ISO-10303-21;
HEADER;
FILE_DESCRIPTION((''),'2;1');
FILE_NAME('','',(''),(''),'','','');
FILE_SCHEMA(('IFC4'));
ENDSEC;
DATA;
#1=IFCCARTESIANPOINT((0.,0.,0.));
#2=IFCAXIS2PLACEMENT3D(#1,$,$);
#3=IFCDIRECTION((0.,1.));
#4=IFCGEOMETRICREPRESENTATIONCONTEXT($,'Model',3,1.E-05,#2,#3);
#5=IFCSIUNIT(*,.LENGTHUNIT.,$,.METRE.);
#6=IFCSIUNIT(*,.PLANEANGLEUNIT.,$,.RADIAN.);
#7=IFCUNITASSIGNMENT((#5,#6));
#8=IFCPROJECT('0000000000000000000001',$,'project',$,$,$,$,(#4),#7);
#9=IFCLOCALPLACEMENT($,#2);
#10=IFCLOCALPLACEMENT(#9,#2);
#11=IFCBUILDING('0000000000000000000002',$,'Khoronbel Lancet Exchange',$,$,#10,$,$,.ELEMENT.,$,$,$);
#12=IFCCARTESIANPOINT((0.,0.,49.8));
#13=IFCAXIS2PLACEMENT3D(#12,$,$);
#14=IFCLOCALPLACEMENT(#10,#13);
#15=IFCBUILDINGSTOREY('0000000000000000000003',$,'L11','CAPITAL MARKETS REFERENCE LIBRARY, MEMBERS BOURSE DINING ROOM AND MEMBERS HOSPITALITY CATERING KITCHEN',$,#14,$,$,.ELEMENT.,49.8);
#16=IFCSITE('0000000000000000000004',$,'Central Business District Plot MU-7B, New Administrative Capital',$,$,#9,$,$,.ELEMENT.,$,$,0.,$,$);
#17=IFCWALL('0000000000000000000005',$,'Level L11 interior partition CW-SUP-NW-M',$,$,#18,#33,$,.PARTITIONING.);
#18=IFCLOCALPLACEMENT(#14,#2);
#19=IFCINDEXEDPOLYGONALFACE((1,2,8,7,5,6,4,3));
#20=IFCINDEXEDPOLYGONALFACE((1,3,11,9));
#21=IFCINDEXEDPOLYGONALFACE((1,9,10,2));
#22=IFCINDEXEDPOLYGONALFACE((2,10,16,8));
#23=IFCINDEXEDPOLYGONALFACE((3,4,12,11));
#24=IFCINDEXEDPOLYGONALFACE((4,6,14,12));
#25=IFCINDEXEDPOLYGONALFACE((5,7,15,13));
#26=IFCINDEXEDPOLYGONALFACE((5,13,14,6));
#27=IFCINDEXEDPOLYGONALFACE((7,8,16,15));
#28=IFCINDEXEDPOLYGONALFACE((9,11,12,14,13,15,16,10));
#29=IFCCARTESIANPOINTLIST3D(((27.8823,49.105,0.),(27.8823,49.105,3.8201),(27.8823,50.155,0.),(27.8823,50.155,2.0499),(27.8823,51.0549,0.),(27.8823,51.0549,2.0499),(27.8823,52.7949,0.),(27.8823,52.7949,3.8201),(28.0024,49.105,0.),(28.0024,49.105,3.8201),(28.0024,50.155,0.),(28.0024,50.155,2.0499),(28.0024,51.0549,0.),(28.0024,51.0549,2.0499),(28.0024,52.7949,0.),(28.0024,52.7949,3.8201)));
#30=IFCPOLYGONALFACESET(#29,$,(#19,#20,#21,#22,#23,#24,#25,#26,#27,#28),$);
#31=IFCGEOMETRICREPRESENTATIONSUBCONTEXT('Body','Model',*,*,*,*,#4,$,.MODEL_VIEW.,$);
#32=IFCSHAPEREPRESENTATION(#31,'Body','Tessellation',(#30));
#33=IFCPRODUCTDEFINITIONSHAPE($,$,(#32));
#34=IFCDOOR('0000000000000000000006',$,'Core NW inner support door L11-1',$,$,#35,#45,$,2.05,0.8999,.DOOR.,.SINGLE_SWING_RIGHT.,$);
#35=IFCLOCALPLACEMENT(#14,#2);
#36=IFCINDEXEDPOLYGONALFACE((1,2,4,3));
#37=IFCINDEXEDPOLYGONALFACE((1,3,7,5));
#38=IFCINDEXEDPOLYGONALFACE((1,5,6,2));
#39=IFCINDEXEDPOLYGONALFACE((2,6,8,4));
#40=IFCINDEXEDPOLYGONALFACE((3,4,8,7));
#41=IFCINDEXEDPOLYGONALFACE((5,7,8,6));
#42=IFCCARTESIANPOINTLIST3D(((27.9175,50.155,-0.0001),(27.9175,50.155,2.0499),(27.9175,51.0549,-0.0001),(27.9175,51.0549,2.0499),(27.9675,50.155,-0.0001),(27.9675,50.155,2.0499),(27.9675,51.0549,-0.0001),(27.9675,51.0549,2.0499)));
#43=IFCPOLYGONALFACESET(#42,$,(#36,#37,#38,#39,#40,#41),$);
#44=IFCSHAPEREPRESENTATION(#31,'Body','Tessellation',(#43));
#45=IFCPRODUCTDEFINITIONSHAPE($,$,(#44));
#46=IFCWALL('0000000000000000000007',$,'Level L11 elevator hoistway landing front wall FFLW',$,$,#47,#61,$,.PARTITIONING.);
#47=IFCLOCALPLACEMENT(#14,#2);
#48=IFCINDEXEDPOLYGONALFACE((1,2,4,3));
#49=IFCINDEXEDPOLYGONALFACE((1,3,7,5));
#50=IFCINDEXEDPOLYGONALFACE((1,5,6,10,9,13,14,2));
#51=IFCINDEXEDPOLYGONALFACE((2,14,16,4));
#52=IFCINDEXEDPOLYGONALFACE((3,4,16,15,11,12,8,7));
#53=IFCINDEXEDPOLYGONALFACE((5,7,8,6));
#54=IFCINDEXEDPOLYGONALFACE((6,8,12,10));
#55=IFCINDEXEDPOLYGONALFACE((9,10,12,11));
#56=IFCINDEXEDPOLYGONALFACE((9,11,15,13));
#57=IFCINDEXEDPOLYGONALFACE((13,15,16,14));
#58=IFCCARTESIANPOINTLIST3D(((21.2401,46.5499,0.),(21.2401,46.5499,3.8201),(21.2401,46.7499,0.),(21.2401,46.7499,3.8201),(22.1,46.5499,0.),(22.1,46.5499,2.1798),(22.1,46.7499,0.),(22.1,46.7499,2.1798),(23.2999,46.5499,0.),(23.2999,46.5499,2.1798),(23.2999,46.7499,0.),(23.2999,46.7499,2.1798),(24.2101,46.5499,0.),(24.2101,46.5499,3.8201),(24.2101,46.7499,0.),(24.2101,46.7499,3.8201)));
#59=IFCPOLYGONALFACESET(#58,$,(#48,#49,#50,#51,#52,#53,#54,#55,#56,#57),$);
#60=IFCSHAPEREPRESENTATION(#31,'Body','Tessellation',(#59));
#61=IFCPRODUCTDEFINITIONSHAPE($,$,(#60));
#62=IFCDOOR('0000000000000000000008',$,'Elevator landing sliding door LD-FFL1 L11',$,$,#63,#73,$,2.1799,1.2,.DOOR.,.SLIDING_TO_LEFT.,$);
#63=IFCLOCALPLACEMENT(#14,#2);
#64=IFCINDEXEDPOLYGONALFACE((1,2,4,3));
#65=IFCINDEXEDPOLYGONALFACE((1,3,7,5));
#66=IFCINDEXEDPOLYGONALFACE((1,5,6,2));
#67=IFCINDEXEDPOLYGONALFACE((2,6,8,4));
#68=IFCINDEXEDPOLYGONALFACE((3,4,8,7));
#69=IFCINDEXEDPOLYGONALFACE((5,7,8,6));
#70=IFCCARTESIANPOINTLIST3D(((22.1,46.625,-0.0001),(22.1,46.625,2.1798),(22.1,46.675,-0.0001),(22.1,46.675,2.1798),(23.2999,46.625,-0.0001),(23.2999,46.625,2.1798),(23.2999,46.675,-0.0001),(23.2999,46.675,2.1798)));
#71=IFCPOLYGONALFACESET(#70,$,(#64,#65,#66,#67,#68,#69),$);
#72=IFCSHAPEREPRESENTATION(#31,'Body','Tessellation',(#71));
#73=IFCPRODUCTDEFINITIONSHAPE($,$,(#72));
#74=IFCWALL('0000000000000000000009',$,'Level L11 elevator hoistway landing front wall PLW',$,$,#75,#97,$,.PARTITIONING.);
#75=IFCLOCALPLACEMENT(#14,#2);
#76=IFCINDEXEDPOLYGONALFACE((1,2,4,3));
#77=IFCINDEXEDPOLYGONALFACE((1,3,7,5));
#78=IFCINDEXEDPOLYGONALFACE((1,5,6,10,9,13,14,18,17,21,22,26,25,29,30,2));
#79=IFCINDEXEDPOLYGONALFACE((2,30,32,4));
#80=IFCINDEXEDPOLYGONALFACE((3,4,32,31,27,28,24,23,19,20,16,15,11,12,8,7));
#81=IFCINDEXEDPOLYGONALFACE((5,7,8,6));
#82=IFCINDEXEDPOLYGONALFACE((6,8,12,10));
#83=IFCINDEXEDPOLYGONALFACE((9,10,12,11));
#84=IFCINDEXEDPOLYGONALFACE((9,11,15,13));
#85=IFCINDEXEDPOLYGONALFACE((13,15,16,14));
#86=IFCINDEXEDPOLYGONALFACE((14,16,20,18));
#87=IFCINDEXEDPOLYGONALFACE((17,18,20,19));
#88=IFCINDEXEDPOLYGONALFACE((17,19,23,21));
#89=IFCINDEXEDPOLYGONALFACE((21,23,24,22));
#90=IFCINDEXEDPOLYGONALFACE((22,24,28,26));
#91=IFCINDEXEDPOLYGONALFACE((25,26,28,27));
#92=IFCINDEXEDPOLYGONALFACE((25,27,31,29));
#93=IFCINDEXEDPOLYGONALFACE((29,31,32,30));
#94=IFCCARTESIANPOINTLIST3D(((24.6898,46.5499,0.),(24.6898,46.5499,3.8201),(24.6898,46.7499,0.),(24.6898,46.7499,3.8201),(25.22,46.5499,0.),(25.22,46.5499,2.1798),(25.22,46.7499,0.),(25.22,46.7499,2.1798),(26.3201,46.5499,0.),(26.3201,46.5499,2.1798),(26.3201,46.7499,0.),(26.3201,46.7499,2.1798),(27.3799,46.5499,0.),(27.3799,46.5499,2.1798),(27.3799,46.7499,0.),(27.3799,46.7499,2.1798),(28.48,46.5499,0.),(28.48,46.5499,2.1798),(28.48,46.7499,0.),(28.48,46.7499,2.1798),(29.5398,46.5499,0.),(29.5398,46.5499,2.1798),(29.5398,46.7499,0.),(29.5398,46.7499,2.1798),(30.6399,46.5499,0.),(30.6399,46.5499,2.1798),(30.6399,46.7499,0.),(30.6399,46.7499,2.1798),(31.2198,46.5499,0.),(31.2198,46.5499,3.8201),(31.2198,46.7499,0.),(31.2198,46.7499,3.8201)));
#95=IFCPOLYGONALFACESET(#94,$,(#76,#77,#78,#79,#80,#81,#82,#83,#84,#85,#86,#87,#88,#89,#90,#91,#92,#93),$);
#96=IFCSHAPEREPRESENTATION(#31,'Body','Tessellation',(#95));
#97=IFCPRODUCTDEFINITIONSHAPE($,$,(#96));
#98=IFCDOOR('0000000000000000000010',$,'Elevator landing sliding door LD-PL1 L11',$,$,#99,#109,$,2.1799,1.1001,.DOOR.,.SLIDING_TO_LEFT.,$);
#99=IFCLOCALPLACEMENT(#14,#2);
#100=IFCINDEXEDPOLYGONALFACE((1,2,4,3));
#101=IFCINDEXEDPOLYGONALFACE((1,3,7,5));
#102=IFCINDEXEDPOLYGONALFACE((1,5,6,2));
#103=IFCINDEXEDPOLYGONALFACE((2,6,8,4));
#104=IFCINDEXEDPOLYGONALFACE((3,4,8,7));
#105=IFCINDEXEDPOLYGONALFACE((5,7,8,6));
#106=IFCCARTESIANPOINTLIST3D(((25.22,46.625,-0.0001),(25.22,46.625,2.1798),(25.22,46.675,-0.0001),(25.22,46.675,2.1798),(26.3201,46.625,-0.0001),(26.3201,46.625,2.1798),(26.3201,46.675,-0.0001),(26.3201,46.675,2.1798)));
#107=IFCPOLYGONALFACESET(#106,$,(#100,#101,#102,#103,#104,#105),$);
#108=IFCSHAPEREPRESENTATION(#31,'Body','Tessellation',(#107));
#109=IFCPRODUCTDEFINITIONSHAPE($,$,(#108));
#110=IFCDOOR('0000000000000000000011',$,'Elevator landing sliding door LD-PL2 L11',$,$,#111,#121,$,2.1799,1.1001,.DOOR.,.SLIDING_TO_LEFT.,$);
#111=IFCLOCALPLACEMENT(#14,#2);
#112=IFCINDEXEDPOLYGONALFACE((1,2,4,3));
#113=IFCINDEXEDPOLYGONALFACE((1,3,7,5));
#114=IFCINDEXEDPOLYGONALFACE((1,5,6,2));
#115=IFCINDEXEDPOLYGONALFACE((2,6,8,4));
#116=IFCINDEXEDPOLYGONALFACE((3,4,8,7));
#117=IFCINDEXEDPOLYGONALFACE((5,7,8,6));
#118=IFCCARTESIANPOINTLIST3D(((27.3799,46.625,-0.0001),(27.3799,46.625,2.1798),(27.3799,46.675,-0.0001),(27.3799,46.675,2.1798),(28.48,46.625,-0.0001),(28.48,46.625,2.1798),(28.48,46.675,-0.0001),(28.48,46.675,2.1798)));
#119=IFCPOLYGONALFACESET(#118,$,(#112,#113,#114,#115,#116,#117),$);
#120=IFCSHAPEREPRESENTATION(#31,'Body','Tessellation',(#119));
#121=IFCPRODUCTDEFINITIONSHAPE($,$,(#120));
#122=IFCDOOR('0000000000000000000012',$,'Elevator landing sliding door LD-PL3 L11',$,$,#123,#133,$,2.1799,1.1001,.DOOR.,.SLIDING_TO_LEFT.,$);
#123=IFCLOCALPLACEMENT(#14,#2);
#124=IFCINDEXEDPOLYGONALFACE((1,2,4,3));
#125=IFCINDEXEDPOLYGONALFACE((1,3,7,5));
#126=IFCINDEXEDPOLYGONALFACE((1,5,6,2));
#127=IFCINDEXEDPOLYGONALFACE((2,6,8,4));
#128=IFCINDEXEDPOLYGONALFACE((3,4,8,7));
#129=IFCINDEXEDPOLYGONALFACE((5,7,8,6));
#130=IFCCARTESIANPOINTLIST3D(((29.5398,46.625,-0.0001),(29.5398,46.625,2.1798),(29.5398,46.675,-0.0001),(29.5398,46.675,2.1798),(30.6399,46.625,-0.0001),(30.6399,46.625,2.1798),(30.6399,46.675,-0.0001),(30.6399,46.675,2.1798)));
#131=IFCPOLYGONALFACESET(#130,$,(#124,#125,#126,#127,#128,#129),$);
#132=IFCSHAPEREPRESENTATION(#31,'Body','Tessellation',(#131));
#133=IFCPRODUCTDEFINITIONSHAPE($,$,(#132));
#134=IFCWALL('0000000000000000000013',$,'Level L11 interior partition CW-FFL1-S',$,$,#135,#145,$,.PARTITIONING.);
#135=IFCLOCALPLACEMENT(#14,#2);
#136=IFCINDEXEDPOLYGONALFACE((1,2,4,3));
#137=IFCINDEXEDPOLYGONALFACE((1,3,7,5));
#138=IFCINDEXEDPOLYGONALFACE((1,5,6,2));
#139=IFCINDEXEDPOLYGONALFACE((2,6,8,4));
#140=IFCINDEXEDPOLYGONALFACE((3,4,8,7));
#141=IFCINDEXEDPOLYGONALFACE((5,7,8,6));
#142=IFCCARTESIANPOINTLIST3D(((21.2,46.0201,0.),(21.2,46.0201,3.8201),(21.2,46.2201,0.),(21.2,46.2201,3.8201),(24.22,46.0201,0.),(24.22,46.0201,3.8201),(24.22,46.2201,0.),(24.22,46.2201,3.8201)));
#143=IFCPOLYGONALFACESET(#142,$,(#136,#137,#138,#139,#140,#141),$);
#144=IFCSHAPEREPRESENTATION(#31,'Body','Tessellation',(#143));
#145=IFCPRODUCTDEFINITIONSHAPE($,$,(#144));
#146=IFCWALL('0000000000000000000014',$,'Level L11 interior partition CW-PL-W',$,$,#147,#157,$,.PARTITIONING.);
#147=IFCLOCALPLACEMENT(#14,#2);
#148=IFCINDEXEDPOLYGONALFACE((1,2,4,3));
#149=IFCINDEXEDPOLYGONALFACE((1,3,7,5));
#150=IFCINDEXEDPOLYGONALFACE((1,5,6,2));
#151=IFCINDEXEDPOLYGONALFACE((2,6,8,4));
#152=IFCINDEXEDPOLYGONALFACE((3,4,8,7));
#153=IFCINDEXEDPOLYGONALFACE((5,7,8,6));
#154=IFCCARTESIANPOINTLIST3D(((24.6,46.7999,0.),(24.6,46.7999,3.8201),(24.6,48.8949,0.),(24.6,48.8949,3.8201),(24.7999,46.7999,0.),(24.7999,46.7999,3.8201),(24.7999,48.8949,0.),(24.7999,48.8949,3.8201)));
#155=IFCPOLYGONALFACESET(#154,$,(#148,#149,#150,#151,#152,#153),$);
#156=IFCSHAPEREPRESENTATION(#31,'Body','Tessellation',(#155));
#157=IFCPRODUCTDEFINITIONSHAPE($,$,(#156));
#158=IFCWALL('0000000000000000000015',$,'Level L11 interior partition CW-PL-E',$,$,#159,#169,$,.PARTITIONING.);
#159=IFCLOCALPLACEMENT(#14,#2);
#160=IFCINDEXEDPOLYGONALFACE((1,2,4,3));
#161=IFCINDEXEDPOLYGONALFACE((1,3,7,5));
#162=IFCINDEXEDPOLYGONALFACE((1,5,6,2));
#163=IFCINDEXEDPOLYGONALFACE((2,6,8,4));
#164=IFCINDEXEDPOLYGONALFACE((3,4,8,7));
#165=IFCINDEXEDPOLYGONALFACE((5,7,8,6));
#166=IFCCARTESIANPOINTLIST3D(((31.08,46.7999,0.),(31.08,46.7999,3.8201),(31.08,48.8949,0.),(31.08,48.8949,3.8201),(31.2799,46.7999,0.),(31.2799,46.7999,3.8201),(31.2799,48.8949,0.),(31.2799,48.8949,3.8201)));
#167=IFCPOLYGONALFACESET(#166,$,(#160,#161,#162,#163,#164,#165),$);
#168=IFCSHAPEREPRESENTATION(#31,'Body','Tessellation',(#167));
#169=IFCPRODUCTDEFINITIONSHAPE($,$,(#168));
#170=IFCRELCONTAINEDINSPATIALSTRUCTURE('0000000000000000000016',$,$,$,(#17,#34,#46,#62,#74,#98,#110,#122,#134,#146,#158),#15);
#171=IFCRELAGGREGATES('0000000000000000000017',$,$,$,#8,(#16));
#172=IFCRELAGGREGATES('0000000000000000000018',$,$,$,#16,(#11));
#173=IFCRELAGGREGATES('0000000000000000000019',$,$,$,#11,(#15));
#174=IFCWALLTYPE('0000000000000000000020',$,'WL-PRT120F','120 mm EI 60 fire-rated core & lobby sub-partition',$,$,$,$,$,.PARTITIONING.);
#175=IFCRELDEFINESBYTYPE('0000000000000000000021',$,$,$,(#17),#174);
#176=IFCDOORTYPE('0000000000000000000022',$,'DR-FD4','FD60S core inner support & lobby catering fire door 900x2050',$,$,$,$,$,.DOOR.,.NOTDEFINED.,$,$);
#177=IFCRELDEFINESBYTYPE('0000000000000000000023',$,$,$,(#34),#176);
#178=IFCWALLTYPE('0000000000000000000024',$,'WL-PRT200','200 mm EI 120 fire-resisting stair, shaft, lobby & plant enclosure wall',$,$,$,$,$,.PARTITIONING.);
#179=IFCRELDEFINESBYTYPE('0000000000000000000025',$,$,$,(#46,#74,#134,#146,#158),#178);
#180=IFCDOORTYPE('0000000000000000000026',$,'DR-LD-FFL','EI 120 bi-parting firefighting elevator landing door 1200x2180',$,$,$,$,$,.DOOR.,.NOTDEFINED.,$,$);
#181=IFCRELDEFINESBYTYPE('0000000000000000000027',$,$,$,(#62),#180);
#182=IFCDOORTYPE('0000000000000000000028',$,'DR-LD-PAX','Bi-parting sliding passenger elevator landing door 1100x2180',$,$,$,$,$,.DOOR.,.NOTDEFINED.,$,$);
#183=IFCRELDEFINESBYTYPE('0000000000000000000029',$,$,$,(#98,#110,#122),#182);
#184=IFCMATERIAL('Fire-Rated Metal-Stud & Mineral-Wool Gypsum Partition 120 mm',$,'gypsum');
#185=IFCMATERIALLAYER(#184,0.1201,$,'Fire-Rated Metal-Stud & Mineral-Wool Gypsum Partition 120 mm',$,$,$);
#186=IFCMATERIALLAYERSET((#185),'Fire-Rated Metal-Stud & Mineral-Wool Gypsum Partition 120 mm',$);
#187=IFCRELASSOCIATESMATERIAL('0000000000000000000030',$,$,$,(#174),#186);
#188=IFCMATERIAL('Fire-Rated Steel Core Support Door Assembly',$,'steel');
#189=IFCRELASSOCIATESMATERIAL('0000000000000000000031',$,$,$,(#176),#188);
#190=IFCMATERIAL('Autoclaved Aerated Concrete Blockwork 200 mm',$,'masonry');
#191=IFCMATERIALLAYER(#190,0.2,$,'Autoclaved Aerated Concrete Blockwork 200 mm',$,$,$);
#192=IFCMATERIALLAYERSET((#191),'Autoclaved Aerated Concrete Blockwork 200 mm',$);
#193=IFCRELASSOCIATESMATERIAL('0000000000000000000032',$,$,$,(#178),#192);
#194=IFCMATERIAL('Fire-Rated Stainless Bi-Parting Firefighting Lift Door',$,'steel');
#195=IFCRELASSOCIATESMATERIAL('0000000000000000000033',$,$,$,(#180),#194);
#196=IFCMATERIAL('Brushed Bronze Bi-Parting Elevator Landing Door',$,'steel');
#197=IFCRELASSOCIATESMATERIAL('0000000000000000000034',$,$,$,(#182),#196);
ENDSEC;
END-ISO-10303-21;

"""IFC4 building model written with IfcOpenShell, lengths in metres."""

from ifc_helpers import new_model, si_unit, direction, frame, frame_2d, origin, place, context, subcontext, project, spatial, rectangle, extrude, material, layer, layer_set, type_object, element, fill, save


model = new_model("IFC4")

# Units and contexts
model_context = context("Model", 3, precision=1e-05, world=origin(), true_north=direction((0.0, 1.0)))
body_context = subcontext(model_context, "Body", "Model", "MODEL_VIEW")
ifc_project = project(units=[si_unit("LENGTHUNIT", "METRE"), si_unit("PLANEANGLEUNIT", "RADIAN")], contexts=[model_context])

# Site, building, storey
site_placement = place(None, origin())
site = spatial("IfcSite", under=ifc_project, at=site_placement, Name="Central Business District Plot MU-7B, New Administrative Capital", CompositionType="ELEMENT", RefElevation=0.0)
building_placement = place(site_placement, origin())
building = spatial("IfcBuilding", under=site, at=building_placement, Name="Khoronbel Lancet Exchange", CompositionType="ELEMENT")
storey_placement = place(building_placement, frame((0.0, 0.0, 49.8)))
storey = spatial("IfcBuildingStorey", under=building, at=storey_placement, Name="L11", Description="CAPITAL MARKETS REFERENCE LIBRARY, MEMBERS BOURSE DINING ROOM AND MEMBERS HOSPITALITY CATERING KITCHEN", CompositionType="ELEMENT", Elevation=49.8)

# Shared definitions
ifc_material_1 = material(Name="Fire-Rated Metal-Stud & Mineral-Wool Gypsum Partition 120 mm", Category="gypsum")
ifc_layer_1 = layer(ifc_material_1, 0.1201, Name="Fire-Rated Metal-Stud & Mineral-Wool Gypsum Partition 120 mm")
ifc_layer_set_1 = layer_set([ifc_layer_1], Name="Fire-Rated Metal-Stud & Mineral-Wool Gypsum Partition 120 mm")
wall_type_1 = type_object("IfcWallType", Name="WL-PRT120F", Description="120 mm EI 60 fire-rated core & lobby sub-partition", PredefinedType="PARTITIONING", material=ifc_layer_set_1)

# Walls, openings, doors
wall_1_placement = place(storey_placement, frame((27.9424, 49.105, 0.0), z_axis=(0.0, 0.0, 1.0), x_axis=(0.0, 1.0, 0.0)))
wall_1 = element("IfcWall", 1, at=wall_1_placement, inside=storey, type_object=wall_type_1, Name="Level L11 interior partition CW-SUP-NW-M", PredefinedType="PARTITIONING", context=body_context, shape_type="SweptSolid", body=[
    extrude(rectangle(XDim=3.6899, YDim=0.1201, at=frame_2d((1.845, 0.0))), origin(), (0.0, 0.0, 1.0), 3.8201),
])
opening_1_placement = place(wall_1_placement, frame((1.05, 0.0, 0.0)))
opening_1 = element("IfcOpeningElement", 2, at=opening_1_placement, cuts=wall_1, PredefinedType="OPENING", context=body_context, shape_type="SweptSolid", body=[
    extrude(rectangle(XDim=0.8999, YDim=2.05, at=frame_2d((0.45, 1.0249))), frame((0.0, 0.0701, 0.0), z_axis=(0.0, -1.0, 0.0), x_axis=(1.0, 0.0, 0.0)), (0.0, 0.0, 1.0), 0.1401),
])
ifc_material_2 = material(Name="Fire-Rated Steel Core Support Door Assembly", Category="steel")
door_type_1 = type_object("IfcDoorType", Name="DR-FD4", Description="FD60S core inner support & lobby catering fire door 900x2050", OperationType="NOTDEFINED", PredefinedType="DOOR", material=ifc_material_2)
door_1_placement = place(opening_1_placement, origin())
door_1 = element("IfcDoor", 3, at=door_1_placement, inside=storey, type_object=door_type_1, Name="Core NW inner support door L11-1", OperationType="SINGLE_SWING_RIGHT", OverallHeight=2.05, OverallWidth=0.8999, PredefinedType="DOOR", context=body_context, shape_type="SweptSolid", body=[
    extrude(rectangle(XDim=0.8999, YDim=2.05, at=frame_2d((0.45, 1.0249))), frame((0.0, 0.0249, 0.0), z_axis=(0.0, -1.0, 0.0), x_axis=(1.0, 0.0, 0.0)), (0.0, 0.0, 1.0), 0.05),
])
fill(opening_1, door_1)
ifc_material_3 = material(Name="Autoclaved Aerated Concrete Blockwork 200 mm", Category="masonry")
ifc_layer_2 = layer(ifc_material_3, 0.2, Name="Autoclaved Aerated Concrete Blockwork 200 mm")
ifc_layer_set_2 = layer_set([ifc_layer_2], Name="Autoclaved Aerated Concrete Blockwork 200 mm")
wall_type_2 = type_object("IfcWallType", Name="WL-PRT200", Description="200 mm EI 120 fire-resisting stair, shaft, lobby & plant enclosure wall", PredefinedType="PARTITIONING", material=ifc_layer_set_2)
wall_2_placement = place(storey_placement, frame((24.21, 46.6499, 0.0), z_axis=(0.0, 0.0, 1.0), x_axis=(-1.0, 0.0, 0.0)))
wall_2 = element("IfcWall", 4, at=wall_2_placement, inside=storey, type_object=wall_type_2, Name="Level L11 elevator hoistway landing front wall FFLW", PredefinedType="PARTITIONING", context=body_context, shape_type="SweptSolid", body=[
    extrude(rectangle(XDim=2.97, YDim=0.2, at=frame_2d((1.4849, 0.0))), origin(), (0.0, 0.0, 1.0), 3.8201),
])
opening_2_placement = place(wall_2_placement, frame((0.9099, 0.0, 0.0)))
opening_2 = element("IfcOpeningElement", 5, at=opening_2_placement, cuts=wall_2, PredefinedType="OPENING", context=body_context, shape_type="SweptSolid", body=[
    extrude(rectangle(XDim=1.2, YDim=2.1799, at=frame_2d((0.6001, 1.0898))), frame((0.0, 0.1099, 0.0), z_axis=(0.0, -1.0, 0.0), x_axis=(1.0, 0.0, 0.0)), (0.0, 0.0, 1.0), 0.22),
])
ifc_material_4 = material(Name="Fire-Rated Stainless Bi-Parting Firefighting Lift Door", Category="steel")
door_type_2 = type_object("IfcDoorType", Name="DR-LD-FFL", Description="EI 120 bi-parting firefighting elevator landing door 1200x2180", OperationType="NOTDEFINED", PredefinedType="DOOR", material=ifc_material_4)
door_2_placement = place(opening_2_placement, origin())
door_2 = element("IfcDoor", 6, at=door_2_placement, inside=storey, type_object=door_type_2, Name="Elevator landing sliding door LD-FFL1 L11", OperationType="SLIDING_TO_LEFT", OverallHeight=2.1799, OverallWidth=1.2, PredefinedType="DOOR", context=body_context, shape_type="SweptSolid", body=[
    extrude(rectangle(XDim=1.2, YDim=2.1799, at=frame_2d((0.6001, 1.0898))), frame((0.0, 0.0249, 0.0), z_axis=(0.0, -1.0, 0.0), x_axis=(1.0, 0.0, 0.0)), (0.0, 0.0, 1.0), 0.05),
])
fill(opening_2, door_2)

# Wall, openings, doors
wall_3_placement = place(storey_placement, frame((31.22, 46.6499, 0.0), z_axis=(0.0, 0.0, 1.0), x_axis=(-1.0, 0.0, 0.0)))
wall_3 = element("IfcWall", 7, at=wall_3_placement, inside=storey, type_object=wall_type_2, Name="Level L11 elevator hoistway landing front wall PLW", PredefinedType="PARTITIONING", context=body_context, shape_type="SweptSolid", body=[
    extrude(rectangle(XDim=6.53, YDim=0.2, at=frame_2d((3.2651, 0.0))), origin(), (0.0, 0.0, 1.0), 3.8201),
])
opening_3_placement = place(wall_3_placement, frame((4.8999, 0.0, 0.0)))
opening_3 = element("IfcOpeningElement", 8, at=opening_3_placement, cuts=wall_3, PredefinedType="OPENING", context=body_context, shape_type="SweptSolid", body=[
    extrude(rectangle(XDim=1.1001, YDim=2.1799, at=frame_2d((0.55, 1.0898))), frame((0.0, 0.1099, 0.0), z_axis=(0.0, -1.0, 0.0), x_axis=(1.0, 0.0, 0.0)), (0.0, 0.0, 1.0), 0.22),
])
opening_4_placement = place(wall_3_placement, frame((2.74, 0.0, 0.0)))
opening_4 = element("IfcOpeningElement", 9, at=opening_4_placement, cuts=wall_3, PredefinedType="OPENING", context=body_context, shape_type="SweptSolid", body=[
    extrude(rectangle(XDim=1.1001, YDim=2.1799, at=frame_2d((0.55, 1.0898))), frame((0.0, 0.1099, 0.0), z_axis=(0.0, -1.0, 0.0), x_axis=(1.0, 0.0, 0.0)), (0.0, 0.0, 1.0), 0.22),
])
opening_5_placement = place(wall_3_placement, frame((0.5801, 0.0, 0.0)))
opening_5 = element("IfcOpeningElement", 10, at=opening_5_placement, cuts=wall_3, PredefinedType="OPENING", context=body_context, shape_type="SweptSolid", body=[
    extrude(rectangle(XDim=1.1001, YDim=2.1799, at=frame_2d((0.55, 1.0898))), frame((0.0, 0.1099, 0.0), z_axis=(0.0, -1.0, 0.0), x_axis=(1.0, 0.0, 0.0)), (0.0, 0.0, 1.0), 0.22),
])
ifc_material_5 = material(Name="Brushed Bronze Bi-Parting Elevator Landing Door", Category="steel")
door_type_3 = type_object("IfcDoorType", Name="DR-LD-PAX", Description="Bi-parting sliding passenger elevator landing door 1100x2180", OperationType="NOTDEFINED", PredefinedType="DOOR", material=ifc_material_5)
door_3_placement = place(opening_3_placement, origin())
door_3 = element("IfcDoor", 11, at=door_3_placement, inside=storey, type_object=door_type_3, Name="Elevator landing sliding door LD-PL1 L11", OperationType="SLIDING_TO_LEFT", OverallHeight=2.1799, OverallWidth=1.1001, PredefinedType="DOOR", context=body_context, shape_type="SweptSolid", body=[
    extrude(rectangle(XDim=1.1001, YDim=2.1799, at=frame_2d((0.55, 1.0898))), frame((0.0, 0.0249, 0.0), z_axis=(0.0, -1.0, 0.0), x_axis=(1.0, 0.0, 0.0)), (0.0, 0.0, 1.0), 0.05),
])
fill(opening_3, door_3)
door_4_placement = place(opening_4_placement, origin())
door_4 = element("IfcDoor", 12, at=door_4_placement, inside=storey, type_object=door_type_3, Name="Elevator landing sliding door LD-PL2 L11", OperationType="SLIDING_TO_LEFT", OverallHeight=2.1799, OverallWidth=1.1001, PredefinedType="DOOR", context=body_context, shape_type="SweptSolid", body=[
    extrude(rectangle(XDim=1.1001, YDim=2.1799, at=frame_2d((0.55, 1.0898))), frame((0.0, 0.0249, 0.0), z_axis=(0.0, -1.0, 0.0), x_axis=(1.0, 0.0, 0.0)), (0.0, 0.0, 1.0), 0.05),
])
fill(opening_4, door_4)
door_5_placement = place(opening_5_placement, origin())
door_5 = element("IfcDoor", 13, at=door_5_placement, inside=storey, type_object=door_type_3, Name="Elevator landing sliding door LD-PL3 L11", OperationType="SLIDING_TO_LEFT", OverallHeight=2.1799, OverallWidth=1.1001, PredefinedType="DOOR", context=body_context, shape_type="SweptSolid", body=[
    extrude(rectangle(XDim=1.1001, YDim=2.1799, at=frame_2d((0.55, 1.0898))), frame((0.0, 0.0249, 0.0), z_axis=(0.0, -1.0, 0.0), x_axis=(1.0, 0.0, 0.0)), (0.0, 0.0, 1.0), 0.05),
])
fill(opening_5, door_5)

# Walls
wall_4_placement = place(storey_placement, frame((21.2, 46.1201, 0.0), z_axis=(0.0, 0.0, 1.0), x_axis=(1.0, 0.0, 0.0)))
element("IfcWall", 14, at=wall_4_placement, inside=storey, type_object=wall_type_2, Name="Level L11 interior partition CW-FFL1-S", PredefinedType="PARTITIONING", context=body_context, shape_type="SweptSolid", body=[
    extrude(rectangle(XDim=3.02, YDim=0.2, at=frame_2d((1.51, 0.0))), origin(), (0.0, 0.0, 1.0), 3.8201),
])
for number, where, z_axis, x_axis, name in (
    (15, (24.7, 46.8, 0.0), (0.0, 0.0, 1.0), (0.0, 1.0, 0.0), "Level L11 interior partition CW-PL-W"),
    (16, (31.1799, 46.8, 0.0), (0.0, 0.0, 1.0), (0.0, 1.0, 0.0), "Level L11 interior partition CW-PL-E"),
):
    element("IfcWall", number, at=place(storey_placement, frame(where, z_axis=z_axis, x_axis=x_axis)), inside=storey, type_object=wall_type_2, Name=name, PredefinedType="PARTITIONING", context=body_context, shape_type="SweptSolid", body=[
        extrude(rectangle(XDim=2.095, YDim=0.2, at=frame_2d((1.0474, 0.0))), origin(), (0.0, 0.0, 1.0), 3.8201),
    ])

save(model, "model.ifc")
